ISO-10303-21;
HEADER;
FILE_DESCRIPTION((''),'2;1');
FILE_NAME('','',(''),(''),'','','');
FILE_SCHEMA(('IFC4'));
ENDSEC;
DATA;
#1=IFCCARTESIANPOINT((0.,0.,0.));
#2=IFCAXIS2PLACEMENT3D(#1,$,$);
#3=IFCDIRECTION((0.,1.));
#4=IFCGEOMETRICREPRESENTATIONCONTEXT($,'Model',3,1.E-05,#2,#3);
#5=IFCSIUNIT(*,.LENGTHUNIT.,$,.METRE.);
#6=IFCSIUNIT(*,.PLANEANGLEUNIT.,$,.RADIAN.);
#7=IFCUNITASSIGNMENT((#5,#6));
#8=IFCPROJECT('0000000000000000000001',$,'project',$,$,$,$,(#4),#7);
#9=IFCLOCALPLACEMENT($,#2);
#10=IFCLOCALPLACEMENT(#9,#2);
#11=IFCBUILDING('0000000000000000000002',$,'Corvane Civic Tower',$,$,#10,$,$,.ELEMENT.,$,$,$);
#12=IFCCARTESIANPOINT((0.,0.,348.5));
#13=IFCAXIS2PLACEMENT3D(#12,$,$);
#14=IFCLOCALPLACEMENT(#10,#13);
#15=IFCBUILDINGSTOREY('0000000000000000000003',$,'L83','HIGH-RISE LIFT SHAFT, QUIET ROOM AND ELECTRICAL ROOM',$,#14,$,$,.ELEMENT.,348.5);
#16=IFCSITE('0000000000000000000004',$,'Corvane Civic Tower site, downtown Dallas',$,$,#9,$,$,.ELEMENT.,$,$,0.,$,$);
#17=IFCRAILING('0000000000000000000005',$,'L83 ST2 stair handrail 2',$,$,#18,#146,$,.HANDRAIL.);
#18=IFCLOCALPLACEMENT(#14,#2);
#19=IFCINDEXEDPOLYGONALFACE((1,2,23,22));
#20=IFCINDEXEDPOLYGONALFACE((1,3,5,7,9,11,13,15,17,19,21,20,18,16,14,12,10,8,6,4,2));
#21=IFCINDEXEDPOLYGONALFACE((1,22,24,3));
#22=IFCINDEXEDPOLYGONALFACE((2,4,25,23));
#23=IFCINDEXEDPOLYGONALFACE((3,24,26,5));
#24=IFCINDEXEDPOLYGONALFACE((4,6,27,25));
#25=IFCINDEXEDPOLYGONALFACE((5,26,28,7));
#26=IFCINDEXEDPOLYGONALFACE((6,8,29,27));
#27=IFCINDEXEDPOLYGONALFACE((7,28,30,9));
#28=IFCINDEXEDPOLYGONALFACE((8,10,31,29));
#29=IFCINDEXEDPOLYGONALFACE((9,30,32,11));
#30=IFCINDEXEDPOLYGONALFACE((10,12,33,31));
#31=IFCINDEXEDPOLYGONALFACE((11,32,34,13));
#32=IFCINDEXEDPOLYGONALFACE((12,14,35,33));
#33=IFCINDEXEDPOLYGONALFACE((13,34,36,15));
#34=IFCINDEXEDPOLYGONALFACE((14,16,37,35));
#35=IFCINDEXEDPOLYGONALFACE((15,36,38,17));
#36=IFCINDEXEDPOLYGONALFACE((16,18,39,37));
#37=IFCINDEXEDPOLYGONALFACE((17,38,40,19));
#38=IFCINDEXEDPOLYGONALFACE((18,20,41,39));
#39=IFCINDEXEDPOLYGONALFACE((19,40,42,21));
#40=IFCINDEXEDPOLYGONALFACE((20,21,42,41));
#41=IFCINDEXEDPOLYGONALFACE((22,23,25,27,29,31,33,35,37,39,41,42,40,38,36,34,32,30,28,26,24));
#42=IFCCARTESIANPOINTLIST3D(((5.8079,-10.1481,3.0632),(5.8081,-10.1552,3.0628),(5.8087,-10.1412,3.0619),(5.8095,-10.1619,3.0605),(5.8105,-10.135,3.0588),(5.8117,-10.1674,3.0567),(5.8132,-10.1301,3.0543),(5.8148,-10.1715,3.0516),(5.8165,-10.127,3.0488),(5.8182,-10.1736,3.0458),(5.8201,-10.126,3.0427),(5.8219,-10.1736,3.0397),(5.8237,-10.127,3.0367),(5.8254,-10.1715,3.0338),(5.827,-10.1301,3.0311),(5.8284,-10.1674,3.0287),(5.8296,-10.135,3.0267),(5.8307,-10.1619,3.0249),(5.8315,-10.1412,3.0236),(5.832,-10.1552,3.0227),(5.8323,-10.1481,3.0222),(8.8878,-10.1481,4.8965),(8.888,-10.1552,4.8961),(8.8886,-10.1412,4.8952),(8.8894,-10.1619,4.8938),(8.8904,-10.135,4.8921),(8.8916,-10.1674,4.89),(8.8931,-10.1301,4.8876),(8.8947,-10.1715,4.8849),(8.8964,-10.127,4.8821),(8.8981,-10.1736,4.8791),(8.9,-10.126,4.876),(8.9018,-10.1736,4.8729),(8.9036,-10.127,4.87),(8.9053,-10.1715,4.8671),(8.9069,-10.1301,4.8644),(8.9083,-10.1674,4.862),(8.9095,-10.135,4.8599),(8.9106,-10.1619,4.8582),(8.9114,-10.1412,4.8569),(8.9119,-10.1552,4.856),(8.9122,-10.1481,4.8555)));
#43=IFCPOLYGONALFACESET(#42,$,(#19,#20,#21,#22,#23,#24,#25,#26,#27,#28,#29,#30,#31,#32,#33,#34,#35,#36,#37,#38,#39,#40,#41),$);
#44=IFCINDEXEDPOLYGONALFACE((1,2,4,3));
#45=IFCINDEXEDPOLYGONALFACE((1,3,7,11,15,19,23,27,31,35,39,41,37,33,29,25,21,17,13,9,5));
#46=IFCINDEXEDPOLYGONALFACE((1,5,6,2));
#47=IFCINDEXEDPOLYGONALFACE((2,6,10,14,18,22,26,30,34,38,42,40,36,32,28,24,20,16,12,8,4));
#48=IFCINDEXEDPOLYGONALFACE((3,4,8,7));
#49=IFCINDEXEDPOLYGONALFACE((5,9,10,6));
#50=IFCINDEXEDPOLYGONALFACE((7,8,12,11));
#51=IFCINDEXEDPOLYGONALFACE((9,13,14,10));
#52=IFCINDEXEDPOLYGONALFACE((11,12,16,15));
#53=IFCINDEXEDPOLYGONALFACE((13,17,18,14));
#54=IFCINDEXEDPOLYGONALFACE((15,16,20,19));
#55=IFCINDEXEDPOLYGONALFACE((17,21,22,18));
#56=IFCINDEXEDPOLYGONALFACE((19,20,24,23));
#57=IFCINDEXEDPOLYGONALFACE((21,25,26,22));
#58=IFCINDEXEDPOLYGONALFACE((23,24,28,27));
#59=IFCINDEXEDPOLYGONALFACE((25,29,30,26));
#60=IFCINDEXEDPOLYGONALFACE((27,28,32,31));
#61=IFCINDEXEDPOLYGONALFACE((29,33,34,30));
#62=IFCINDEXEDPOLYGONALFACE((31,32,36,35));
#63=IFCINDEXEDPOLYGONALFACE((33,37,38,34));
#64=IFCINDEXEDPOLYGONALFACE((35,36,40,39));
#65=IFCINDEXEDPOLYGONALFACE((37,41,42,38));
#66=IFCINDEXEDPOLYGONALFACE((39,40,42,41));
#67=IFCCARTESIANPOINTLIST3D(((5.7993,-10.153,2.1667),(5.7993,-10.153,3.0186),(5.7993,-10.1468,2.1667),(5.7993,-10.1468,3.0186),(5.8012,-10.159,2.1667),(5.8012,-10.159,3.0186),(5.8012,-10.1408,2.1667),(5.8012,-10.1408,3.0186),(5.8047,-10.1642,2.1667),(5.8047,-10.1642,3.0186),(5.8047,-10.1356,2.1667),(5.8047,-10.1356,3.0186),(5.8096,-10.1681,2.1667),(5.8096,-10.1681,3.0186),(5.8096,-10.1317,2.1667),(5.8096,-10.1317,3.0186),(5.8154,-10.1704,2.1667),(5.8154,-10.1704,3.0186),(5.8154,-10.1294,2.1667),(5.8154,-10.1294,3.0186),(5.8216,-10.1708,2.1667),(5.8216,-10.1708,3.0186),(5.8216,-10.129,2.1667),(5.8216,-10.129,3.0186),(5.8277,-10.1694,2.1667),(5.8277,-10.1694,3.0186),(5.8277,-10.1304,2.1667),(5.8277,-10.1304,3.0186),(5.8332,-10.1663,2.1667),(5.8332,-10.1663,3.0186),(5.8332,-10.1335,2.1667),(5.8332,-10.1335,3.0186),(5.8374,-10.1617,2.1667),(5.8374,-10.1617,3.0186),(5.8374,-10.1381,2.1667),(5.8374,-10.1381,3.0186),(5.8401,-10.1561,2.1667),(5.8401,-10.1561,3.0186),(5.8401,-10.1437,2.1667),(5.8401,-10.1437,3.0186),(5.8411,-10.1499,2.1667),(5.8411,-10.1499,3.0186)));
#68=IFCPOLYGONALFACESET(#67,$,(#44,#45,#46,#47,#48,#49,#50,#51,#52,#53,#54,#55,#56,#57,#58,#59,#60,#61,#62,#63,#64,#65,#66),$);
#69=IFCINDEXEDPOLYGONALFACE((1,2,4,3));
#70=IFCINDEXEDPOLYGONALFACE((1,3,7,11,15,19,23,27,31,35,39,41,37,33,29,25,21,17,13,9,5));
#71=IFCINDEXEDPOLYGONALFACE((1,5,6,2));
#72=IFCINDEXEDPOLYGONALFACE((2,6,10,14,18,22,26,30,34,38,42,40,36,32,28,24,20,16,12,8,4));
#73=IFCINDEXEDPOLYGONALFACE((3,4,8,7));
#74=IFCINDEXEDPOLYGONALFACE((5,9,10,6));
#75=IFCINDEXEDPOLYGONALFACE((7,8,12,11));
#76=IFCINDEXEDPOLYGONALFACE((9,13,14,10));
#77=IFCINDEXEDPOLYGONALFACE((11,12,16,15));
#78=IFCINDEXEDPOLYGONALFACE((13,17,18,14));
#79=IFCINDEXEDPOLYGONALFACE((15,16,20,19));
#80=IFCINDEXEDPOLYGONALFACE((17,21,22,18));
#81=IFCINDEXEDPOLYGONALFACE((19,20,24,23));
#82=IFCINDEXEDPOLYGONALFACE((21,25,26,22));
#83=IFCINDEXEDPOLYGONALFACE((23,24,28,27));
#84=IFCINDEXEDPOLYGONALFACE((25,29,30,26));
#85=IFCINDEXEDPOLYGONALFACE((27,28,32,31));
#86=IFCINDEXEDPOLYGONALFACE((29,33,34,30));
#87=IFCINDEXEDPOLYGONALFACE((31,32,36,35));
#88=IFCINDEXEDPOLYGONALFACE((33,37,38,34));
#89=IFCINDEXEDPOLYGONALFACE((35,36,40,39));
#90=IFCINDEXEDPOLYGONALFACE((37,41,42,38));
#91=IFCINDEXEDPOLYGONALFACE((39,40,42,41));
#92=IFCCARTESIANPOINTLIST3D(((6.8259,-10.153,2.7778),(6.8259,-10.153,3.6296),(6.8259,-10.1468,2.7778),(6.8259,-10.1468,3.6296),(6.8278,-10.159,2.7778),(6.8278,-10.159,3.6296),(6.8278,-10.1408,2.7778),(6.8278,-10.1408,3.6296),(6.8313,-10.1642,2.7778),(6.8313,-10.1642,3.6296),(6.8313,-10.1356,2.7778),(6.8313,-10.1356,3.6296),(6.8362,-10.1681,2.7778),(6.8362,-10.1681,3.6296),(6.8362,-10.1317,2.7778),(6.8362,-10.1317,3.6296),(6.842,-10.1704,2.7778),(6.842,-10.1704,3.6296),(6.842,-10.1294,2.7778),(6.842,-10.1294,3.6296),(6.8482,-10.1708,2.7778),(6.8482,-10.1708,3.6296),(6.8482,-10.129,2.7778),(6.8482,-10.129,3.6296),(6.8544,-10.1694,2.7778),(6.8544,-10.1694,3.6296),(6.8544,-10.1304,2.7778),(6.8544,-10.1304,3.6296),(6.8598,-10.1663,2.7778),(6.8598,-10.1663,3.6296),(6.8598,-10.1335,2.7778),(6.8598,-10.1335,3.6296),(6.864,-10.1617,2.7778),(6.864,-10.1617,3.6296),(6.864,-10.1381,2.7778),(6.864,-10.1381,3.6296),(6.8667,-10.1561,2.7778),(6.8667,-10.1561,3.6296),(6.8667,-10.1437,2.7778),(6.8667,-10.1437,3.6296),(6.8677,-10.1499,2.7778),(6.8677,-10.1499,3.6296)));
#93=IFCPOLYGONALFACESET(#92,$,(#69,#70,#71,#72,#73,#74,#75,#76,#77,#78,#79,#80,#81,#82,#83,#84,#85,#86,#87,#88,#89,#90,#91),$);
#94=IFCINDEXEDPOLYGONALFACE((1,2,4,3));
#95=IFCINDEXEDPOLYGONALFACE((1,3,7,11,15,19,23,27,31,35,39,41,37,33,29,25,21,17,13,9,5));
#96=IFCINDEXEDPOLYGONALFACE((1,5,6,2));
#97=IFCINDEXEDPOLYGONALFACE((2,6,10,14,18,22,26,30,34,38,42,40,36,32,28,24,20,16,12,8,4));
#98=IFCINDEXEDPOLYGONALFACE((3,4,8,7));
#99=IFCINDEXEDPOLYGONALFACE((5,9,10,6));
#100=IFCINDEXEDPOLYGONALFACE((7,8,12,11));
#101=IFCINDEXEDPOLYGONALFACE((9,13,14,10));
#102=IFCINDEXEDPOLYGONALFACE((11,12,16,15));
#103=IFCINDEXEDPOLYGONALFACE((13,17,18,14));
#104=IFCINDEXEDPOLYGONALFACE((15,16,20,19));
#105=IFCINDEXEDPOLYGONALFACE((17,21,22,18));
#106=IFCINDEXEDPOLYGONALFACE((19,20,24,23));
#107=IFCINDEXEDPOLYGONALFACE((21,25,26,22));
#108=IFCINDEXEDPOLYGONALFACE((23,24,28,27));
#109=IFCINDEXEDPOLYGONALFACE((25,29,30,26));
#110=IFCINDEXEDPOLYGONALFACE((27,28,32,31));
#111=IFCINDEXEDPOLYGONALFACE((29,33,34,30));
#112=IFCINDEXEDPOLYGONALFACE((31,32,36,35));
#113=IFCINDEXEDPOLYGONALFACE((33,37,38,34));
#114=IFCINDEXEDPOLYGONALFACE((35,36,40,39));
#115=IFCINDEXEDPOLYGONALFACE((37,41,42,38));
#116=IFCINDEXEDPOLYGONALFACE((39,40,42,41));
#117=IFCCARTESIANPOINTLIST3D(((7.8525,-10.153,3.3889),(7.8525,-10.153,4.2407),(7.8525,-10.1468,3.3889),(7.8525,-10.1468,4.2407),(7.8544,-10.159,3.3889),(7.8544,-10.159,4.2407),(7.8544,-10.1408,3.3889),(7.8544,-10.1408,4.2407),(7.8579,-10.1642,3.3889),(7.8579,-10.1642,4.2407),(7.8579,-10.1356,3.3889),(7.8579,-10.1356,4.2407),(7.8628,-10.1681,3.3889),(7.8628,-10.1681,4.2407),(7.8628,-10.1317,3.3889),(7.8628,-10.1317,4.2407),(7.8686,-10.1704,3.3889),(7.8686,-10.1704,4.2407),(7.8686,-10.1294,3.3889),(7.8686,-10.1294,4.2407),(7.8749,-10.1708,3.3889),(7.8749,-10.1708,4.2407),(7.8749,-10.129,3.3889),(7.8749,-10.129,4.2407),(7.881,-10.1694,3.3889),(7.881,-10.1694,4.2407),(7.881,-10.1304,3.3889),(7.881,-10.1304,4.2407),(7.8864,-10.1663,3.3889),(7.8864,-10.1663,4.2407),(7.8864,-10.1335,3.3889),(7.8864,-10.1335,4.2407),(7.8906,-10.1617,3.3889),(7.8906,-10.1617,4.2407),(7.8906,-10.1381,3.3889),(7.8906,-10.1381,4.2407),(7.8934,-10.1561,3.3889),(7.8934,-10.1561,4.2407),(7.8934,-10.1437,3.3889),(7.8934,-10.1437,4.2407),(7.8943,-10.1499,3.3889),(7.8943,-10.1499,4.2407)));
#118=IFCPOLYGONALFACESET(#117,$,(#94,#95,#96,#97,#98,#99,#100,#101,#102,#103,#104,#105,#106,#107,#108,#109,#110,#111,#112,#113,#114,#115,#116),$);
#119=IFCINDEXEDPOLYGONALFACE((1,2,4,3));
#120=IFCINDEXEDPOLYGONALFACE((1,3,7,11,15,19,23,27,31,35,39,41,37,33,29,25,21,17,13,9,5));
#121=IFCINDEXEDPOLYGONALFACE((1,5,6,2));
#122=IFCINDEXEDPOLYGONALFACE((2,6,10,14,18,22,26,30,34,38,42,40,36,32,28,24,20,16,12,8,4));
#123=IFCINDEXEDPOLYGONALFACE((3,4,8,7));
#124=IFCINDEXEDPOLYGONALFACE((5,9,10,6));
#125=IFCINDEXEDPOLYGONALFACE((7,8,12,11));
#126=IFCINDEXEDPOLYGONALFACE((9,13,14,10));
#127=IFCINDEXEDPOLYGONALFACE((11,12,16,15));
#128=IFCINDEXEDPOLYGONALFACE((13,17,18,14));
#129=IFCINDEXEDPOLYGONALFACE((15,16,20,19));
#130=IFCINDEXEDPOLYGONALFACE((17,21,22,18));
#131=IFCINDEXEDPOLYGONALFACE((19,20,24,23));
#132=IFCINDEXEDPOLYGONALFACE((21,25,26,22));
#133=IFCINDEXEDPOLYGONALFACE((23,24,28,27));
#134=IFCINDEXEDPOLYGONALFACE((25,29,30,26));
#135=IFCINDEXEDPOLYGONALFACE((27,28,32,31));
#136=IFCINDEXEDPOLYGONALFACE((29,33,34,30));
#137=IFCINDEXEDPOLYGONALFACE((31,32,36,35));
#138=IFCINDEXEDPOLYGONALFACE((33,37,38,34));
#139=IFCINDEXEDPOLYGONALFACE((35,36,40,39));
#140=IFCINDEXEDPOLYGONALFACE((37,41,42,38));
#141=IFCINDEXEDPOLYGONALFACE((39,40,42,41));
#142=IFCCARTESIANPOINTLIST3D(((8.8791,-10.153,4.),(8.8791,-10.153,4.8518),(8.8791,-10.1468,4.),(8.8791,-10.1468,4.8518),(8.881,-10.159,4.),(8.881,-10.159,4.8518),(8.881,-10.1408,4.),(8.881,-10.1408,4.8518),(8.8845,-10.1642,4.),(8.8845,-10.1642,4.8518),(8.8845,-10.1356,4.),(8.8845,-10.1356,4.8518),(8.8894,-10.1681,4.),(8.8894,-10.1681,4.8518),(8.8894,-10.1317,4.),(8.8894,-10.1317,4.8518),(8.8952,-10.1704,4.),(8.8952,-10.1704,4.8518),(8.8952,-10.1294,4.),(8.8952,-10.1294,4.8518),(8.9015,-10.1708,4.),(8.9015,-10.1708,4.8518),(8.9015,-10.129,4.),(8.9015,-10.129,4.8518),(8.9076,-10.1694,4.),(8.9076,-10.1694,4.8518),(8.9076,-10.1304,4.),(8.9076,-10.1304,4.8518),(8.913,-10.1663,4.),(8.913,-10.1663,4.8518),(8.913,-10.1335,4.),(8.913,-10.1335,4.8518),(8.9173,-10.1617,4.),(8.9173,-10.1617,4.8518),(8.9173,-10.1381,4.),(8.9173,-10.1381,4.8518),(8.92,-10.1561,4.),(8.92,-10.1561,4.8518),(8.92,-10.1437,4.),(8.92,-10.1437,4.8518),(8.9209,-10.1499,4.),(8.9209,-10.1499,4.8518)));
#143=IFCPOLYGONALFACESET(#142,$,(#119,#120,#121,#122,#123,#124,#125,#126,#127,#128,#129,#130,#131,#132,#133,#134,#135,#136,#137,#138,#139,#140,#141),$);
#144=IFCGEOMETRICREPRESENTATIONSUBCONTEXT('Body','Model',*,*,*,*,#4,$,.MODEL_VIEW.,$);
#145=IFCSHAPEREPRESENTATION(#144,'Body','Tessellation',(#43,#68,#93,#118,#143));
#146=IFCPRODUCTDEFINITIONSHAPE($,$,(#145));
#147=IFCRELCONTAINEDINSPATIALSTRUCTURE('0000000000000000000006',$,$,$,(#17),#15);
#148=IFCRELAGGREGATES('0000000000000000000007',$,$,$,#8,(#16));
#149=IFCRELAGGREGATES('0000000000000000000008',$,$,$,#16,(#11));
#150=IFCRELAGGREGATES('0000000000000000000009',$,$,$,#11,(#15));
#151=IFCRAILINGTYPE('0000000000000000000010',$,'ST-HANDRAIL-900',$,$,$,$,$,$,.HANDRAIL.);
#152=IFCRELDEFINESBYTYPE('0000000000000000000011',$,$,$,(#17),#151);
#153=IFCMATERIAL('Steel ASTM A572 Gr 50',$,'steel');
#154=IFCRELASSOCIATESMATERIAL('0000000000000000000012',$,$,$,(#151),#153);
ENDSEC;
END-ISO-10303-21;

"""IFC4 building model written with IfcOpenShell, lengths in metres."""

from ifc_helpers import new_model, si_unit, direction, frame, origin, origin_2d, place, context, subcontext, project, spatial, circle, extrude, material, type_object, element, save


model = new_model("IFC4")

# Units and contexts
model_context = context("Model", 3, precision=1e-05, world=origin(), true_north=direction((0.0, 1.0)))
body_context = subcontext(model_context, "Body", "Model", "MODEL_VIEW")
ifc_project = project(units=[si_unit("LENGTHUNIT", "METRE"), si_unit("PLANEANGLEUNIT", "RADIAN")], contexts=[model_context])

# Site, building, storey
site_placement = place(None, origin())
site = spatial("IfcSite", under=ifc_project, at=site_placement, Name="Corvane Civic Tower site, downtown Dallas", CompositionType="ELEMENT", RefElevation=0.0)
building_placement = place(site_placement, origin())
building = spatial("IfcBuilding", under=site, at=building_placement, Name="Corvane Civic Tower", CompositionType="ELEMENT")
storey_placement = place(building_placement, frame((0.0, 0.0, 348.5)))
storey = spatial("IfcBuildingStorey", under=building, at=storey_placement, Name="L83", Description="HIGH-RISE LIFT SHAFT, QUIET ROOM AND ELECTRICAL ROOM", CompositionType="ELEMENT", Elevation=348.5)

# Railing
ifc_material_1 = material(Name="Steel ASTM A572 Gr 50", Category="steel")
railing_type_1 = type_object("IfcRailingType", Name="ST-HANDRAIL-900", PredefinedType="HANDRAIL", material=ifc_material_1)
railing_1_placement = place(storey_placement, frame((5.8201, -10.1499, 2.1667)))
element("IfcRailing", 1, at=railing_1_placement, inside=storey, type_object=railing_type_1, Name="L83 ST2 stair handrail 2", PredefinedType="HANDRAIL", context=body_context, shape_type="SweptSolid", body=[
    extrude(circle(Radius=0.0239, at=origin_2d()), frame((0.0, 0.0, 0.876), z_axis=(0.859291, 0.0, 0.511487), x_axis=(0.0, 1.0, 0.0)), (0.0, 0.0, 1.0), 3.5842),
    extrude(circle(Radius=0.021, at=origin_2d()), origin(), (0.0, 0.0, 1.0), 0.8518),
    extrude(circle(Radius=0.021, at=origin_2d()), frame((1.0266, 0.0, 0.6111)), (0.0, 0.0, 1.0), 0.8518),
    extrude(circle(Radius=0.021, at=origin_2d()), frame((2.0532, 0.0, 1.2222)), (0.0, 0.0, 1.0), 0.8518),
    extrude(circle(Radius=0.021, at=origin_2d()), frame((3.0798, 0.0, 1.8333)), (0.0, 0.0, 1.0), 0.8518),
])

save(model, "model.ifc")
